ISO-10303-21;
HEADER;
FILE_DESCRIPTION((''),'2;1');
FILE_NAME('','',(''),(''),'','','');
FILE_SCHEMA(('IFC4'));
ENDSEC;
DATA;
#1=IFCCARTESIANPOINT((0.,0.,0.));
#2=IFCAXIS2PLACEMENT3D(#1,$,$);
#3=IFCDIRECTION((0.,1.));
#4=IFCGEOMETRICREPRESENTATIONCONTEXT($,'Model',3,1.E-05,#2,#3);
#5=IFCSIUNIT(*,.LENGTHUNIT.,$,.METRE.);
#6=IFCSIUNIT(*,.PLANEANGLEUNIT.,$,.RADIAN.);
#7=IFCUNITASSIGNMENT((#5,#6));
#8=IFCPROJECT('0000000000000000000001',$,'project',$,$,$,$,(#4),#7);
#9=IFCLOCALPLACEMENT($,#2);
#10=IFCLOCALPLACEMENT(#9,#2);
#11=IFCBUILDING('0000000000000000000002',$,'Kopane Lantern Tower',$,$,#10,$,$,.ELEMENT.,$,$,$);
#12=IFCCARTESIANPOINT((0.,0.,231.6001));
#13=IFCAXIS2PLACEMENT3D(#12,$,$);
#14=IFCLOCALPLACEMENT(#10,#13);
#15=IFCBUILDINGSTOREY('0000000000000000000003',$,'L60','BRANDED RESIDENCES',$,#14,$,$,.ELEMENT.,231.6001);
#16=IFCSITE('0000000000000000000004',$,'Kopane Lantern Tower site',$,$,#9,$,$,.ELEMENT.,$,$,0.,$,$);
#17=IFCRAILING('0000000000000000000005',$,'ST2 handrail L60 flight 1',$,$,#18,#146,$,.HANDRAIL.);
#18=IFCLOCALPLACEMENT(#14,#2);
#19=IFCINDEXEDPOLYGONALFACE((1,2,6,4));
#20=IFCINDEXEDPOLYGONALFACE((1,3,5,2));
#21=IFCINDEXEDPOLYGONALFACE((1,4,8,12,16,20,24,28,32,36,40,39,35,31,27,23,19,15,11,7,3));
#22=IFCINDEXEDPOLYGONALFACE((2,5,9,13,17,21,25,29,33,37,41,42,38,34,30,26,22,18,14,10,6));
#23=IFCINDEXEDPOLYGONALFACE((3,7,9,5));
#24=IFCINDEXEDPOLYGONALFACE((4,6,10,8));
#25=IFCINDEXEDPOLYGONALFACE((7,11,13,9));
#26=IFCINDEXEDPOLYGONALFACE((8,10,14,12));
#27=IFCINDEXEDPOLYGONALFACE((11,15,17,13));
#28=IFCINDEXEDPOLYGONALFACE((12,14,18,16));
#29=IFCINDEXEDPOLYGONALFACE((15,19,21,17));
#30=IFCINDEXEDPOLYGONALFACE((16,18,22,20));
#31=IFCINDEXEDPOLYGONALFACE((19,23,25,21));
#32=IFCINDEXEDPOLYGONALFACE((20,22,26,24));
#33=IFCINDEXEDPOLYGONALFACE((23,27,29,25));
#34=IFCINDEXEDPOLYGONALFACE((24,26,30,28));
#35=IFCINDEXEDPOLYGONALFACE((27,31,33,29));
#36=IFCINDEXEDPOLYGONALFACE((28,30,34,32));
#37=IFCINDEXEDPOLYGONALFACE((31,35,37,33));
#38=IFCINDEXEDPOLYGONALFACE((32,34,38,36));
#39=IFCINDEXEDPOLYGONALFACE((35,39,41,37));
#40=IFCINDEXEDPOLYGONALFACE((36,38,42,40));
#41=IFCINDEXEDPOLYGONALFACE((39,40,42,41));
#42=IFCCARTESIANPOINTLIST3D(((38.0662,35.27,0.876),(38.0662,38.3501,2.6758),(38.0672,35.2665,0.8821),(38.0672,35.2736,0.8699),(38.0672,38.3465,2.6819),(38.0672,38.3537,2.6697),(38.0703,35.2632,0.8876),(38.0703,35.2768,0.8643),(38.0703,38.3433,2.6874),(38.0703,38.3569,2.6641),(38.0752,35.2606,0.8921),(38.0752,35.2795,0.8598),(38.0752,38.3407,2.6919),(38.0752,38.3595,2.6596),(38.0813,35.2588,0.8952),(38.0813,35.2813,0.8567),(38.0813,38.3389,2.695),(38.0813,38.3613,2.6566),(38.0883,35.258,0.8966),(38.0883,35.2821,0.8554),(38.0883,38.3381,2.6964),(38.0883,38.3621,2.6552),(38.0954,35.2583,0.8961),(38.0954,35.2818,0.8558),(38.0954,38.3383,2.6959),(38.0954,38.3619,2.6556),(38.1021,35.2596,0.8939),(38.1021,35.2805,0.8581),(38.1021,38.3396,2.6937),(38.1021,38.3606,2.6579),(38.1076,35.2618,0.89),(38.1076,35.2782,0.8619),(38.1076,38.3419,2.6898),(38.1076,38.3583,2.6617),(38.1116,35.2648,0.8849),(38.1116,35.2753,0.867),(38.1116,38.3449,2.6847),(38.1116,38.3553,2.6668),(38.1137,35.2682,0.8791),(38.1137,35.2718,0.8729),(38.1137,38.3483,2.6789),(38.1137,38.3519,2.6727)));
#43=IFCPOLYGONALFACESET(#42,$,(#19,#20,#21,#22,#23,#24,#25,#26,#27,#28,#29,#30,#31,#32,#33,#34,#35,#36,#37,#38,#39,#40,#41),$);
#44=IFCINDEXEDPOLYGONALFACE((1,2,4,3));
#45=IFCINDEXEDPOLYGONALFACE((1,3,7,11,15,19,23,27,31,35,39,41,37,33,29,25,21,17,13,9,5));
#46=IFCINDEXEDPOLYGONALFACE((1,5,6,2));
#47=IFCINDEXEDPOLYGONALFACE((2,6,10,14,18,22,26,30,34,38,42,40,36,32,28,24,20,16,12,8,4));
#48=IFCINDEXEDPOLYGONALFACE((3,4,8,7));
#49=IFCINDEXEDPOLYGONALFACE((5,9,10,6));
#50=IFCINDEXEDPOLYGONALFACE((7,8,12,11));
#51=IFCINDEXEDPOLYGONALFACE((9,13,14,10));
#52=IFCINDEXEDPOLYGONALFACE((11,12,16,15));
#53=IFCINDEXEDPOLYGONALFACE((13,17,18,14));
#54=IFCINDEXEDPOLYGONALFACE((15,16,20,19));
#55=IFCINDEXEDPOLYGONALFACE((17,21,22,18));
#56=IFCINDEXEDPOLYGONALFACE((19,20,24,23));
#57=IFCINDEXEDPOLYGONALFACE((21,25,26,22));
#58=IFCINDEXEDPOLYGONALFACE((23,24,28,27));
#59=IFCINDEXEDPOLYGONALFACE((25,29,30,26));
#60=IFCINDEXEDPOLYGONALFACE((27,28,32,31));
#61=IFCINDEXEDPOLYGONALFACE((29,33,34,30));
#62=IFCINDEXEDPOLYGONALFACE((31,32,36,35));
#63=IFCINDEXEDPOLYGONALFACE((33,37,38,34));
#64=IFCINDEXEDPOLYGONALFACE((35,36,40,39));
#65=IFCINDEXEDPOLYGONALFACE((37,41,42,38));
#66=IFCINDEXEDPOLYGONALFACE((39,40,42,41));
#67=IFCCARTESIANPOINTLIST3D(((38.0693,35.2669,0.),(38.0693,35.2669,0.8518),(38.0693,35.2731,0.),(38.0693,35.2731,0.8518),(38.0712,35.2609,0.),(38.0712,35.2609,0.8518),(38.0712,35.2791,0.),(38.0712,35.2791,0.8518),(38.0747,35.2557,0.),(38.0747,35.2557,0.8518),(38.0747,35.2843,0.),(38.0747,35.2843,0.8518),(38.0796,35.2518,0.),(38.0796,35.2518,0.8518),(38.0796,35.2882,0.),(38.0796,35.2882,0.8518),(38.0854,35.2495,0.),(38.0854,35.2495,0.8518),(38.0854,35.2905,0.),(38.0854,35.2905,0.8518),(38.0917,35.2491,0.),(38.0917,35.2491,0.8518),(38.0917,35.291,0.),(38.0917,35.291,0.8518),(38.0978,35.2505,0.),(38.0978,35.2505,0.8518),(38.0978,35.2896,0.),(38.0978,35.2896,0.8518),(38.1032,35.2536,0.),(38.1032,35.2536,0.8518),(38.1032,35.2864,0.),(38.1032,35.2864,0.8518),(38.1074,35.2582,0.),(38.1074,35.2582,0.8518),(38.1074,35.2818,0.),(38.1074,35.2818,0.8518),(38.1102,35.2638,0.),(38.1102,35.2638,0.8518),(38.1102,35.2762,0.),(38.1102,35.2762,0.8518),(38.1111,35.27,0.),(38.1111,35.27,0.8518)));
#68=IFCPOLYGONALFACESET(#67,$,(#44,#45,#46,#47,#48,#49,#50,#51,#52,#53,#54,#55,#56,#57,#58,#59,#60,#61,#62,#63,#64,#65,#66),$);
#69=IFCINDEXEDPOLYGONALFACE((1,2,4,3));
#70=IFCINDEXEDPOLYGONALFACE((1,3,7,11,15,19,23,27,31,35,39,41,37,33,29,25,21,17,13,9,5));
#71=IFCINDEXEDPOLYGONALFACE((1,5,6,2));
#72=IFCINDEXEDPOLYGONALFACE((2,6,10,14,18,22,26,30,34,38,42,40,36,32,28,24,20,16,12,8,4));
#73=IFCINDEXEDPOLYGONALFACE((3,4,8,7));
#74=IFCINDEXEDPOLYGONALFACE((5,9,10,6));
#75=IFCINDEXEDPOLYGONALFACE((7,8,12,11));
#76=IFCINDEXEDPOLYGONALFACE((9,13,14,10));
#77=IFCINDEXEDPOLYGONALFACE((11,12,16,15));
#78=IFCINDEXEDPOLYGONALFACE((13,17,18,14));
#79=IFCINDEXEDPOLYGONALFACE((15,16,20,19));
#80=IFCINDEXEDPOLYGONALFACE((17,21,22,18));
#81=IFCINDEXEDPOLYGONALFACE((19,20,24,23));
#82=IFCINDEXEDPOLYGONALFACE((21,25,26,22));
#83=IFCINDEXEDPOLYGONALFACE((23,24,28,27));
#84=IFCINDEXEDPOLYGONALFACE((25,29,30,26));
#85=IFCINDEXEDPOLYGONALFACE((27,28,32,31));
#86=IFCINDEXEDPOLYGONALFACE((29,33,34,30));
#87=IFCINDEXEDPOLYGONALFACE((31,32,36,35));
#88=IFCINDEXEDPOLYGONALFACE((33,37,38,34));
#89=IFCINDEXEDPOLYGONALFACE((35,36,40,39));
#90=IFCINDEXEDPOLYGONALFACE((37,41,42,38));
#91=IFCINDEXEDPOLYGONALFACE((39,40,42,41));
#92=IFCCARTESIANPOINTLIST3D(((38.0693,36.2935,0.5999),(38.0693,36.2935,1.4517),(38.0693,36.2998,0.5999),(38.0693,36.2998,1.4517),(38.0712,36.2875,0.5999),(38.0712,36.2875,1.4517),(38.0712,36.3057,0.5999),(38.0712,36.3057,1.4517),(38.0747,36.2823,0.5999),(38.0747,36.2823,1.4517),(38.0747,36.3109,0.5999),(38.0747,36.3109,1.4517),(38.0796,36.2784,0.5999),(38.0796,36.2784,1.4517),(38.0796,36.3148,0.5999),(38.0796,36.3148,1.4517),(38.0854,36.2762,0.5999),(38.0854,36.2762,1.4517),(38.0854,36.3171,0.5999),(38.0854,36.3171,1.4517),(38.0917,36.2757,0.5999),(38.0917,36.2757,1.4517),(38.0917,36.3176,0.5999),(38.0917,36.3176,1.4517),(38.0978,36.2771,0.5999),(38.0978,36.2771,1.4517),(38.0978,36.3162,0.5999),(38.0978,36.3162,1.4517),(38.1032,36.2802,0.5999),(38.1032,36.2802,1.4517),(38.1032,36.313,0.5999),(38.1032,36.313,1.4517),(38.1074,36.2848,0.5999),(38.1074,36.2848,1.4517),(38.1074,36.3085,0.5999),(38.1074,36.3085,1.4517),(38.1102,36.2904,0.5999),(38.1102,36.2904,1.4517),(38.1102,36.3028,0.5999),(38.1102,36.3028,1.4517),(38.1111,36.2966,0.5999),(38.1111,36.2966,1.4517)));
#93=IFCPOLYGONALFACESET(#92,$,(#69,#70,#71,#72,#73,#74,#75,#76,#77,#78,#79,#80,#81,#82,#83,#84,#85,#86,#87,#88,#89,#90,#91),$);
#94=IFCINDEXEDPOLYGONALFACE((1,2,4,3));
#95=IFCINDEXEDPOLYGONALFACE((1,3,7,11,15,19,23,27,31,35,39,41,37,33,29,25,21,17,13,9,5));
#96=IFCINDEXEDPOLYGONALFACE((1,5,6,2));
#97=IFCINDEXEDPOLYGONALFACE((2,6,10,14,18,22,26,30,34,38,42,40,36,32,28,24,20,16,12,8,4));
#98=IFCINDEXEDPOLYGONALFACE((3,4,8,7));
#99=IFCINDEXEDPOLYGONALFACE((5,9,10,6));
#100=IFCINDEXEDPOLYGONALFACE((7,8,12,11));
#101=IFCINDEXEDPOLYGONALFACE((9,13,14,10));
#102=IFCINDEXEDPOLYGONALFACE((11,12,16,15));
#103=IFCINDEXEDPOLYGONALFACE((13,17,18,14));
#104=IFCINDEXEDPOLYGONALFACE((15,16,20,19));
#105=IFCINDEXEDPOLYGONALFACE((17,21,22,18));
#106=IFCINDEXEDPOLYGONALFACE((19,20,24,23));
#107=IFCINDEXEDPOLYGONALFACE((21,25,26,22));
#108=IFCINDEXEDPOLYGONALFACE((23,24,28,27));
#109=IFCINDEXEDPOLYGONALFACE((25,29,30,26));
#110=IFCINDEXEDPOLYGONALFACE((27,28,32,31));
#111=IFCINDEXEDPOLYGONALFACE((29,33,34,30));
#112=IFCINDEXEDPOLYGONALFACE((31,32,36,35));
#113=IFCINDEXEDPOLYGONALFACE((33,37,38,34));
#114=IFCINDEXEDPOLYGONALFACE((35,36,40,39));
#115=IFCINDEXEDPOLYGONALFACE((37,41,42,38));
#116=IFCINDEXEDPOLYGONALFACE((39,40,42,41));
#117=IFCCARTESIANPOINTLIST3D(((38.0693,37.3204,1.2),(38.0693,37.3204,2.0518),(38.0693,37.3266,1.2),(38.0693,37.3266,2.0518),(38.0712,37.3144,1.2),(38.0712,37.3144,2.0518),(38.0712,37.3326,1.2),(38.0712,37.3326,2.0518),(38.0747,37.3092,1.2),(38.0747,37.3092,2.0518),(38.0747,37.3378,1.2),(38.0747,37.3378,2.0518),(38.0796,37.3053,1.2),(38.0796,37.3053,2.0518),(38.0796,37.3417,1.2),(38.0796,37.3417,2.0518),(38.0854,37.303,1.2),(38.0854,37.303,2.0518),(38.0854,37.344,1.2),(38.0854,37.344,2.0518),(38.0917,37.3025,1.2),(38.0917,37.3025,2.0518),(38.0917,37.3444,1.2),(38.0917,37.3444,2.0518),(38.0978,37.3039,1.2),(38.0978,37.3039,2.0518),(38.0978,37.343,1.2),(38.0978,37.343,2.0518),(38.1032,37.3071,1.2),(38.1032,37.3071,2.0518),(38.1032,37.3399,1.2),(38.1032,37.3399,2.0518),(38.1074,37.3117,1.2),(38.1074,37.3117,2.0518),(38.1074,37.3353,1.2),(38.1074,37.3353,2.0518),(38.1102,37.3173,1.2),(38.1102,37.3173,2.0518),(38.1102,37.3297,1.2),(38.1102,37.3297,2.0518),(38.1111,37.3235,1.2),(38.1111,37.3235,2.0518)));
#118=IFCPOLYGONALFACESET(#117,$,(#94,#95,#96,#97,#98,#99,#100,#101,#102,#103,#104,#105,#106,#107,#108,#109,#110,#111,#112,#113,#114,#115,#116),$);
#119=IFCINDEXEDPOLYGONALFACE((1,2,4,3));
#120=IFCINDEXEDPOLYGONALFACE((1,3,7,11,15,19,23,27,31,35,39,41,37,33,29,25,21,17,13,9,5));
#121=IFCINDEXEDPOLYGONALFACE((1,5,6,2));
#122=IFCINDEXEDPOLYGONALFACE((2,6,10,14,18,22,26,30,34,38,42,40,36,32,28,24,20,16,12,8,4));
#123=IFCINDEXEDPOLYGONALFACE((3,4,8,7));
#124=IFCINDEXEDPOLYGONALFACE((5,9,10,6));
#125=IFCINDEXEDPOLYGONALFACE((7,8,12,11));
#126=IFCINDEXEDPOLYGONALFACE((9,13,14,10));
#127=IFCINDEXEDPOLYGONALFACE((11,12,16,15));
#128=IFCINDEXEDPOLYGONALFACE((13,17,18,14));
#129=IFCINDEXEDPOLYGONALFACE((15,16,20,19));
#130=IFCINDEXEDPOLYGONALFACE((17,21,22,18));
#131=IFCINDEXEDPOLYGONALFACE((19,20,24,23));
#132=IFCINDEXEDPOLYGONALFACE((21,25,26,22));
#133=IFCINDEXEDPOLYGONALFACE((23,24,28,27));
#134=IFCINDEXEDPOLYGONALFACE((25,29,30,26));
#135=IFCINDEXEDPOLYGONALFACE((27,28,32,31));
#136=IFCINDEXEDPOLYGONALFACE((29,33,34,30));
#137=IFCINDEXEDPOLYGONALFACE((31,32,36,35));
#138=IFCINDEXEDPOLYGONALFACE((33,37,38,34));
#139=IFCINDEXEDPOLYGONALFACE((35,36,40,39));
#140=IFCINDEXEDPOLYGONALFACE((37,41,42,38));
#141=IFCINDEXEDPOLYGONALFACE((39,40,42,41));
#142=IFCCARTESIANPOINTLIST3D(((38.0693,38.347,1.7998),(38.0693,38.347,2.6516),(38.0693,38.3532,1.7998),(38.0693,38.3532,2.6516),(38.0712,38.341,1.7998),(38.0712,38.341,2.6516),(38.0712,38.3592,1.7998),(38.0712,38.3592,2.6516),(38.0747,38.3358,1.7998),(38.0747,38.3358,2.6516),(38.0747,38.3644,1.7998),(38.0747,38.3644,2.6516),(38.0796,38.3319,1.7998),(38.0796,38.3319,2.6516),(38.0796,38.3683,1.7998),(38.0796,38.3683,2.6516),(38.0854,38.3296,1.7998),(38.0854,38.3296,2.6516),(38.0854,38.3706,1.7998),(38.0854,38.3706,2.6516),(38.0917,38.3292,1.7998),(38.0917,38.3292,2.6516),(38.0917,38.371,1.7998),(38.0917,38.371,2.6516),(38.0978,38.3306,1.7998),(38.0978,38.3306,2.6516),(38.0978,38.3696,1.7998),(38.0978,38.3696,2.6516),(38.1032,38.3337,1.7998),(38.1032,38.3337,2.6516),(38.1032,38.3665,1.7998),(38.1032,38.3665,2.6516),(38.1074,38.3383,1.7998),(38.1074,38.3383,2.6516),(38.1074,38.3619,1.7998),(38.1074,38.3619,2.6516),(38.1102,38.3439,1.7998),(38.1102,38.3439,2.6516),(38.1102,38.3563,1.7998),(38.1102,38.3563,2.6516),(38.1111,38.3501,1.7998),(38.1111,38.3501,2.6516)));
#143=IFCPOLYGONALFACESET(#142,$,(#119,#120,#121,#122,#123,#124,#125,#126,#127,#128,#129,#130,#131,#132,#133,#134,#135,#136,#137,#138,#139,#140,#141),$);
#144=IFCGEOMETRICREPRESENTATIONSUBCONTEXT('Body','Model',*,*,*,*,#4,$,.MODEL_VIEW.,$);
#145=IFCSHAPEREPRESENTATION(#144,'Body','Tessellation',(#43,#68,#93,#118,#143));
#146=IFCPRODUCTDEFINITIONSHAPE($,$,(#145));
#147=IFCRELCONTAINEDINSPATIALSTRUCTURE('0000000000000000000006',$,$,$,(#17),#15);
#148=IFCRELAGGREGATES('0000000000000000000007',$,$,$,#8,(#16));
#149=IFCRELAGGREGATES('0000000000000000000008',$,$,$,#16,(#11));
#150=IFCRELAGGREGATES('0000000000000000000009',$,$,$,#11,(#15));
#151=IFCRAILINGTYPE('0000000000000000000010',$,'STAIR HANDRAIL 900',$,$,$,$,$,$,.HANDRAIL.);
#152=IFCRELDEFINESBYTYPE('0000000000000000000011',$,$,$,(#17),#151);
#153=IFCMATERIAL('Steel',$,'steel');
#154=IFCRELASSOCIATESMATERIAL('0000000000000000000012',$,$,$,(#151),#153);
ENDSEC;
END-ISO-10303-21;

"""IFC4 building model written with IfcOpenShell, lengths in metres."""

from ifc_helpers import new_model, si_unit, direction, frame, origin, origin_2d, place, context, subcontext, project, spatial, circle, extrude, material, type_object, element, save


model = new_model("IFC4")

# Units and contexts
model_context = context("Model", 3, precision=1e-05, world=origin(), true_north=direction((0.0, 1.0)))
body_context = subcontext(model_context, "Body", "Model", "MODEL_VIEW")
ifc_project = project(units=[si_unit("LENGTHUNIT", "METRE"), si_unit("PLANEANGLEUNIT", "RADIAN")], contexts=[model_context])

# Site, building, storey
site_placement = place(None, origin())
site = spatial("IfcSite", under=ifc_project, at=site_placement, Name="Kopane Lantern Tower site", CompositionType="ELEMENT", RefElevation=0.0)
building_placement = place(site_placement, origin())
building = spatial("IfcBuilding", under=site, at=building_placement, Name="Kopane Lantern Tower", CompositionType="ELEMENT")
storey_placement = place(building_placement, frame((0.0, 0.0, 231.6001)))
storey = spatial("IfcBuildingStorey", under=building, at=storey_placement, Name="L60", Description="BRANDED RESIDENCES", CompositionType="ELEMENT", Elevation=231.6001)

# Railing
ifc_material_1 = material(Name="Steel", Category="steel")
railing_type_1 = type_object("IfcRailingType", Name="STAIR HANDRAIL 900", PredefinedType="HANDRAIL", material=ifc_material_1)
for number, where, name in (
    (1, (38.0901, 35.27, 0.0), "ST2 handrail L60 flight 1"),
):
    element("IfcRailing", number, at=place(storey_placement, frame(where)), inside=storey, type_object=railing_type_1, Name=name, PredefinedType="HANDRAIL", context=body_context, shape_type="SweptSolid", body=[
        extrude(circle(Radius=0.0239, at=origin_2d()), frame((0.0, 0.0, 0.876), z_axis=(0.0, 0.863401, 0.504518), x_axis=(-1.0, 0.0, 0.0)), (0.0, 0.0, 1.0), 3.5674),
        extrude(circle(Radius=0.021, at=origin_2d()), origin(), (0.0, 0.0, 1.0), 0.8518),
        extrude(circle(Radius=0.021, at=origin_2d()), frame((0.0, 1.0266, 0.5999)), (0.0, 0.0, 1.0), 0.8518),
        extrude(circle(Radius=0.021, at=origin_2d()), frame((0.0, 2.0535, 1.2)), (0.0, 0.0, 1.0), 0.8518),
        extrude(circle(Radius=0.021, at=origin_2d()), frame((0.0, 3.0801, 1.7998)), (0.0, 0.0, 1.0), 0.8518),
    ])

save(model, "model.ifc")
